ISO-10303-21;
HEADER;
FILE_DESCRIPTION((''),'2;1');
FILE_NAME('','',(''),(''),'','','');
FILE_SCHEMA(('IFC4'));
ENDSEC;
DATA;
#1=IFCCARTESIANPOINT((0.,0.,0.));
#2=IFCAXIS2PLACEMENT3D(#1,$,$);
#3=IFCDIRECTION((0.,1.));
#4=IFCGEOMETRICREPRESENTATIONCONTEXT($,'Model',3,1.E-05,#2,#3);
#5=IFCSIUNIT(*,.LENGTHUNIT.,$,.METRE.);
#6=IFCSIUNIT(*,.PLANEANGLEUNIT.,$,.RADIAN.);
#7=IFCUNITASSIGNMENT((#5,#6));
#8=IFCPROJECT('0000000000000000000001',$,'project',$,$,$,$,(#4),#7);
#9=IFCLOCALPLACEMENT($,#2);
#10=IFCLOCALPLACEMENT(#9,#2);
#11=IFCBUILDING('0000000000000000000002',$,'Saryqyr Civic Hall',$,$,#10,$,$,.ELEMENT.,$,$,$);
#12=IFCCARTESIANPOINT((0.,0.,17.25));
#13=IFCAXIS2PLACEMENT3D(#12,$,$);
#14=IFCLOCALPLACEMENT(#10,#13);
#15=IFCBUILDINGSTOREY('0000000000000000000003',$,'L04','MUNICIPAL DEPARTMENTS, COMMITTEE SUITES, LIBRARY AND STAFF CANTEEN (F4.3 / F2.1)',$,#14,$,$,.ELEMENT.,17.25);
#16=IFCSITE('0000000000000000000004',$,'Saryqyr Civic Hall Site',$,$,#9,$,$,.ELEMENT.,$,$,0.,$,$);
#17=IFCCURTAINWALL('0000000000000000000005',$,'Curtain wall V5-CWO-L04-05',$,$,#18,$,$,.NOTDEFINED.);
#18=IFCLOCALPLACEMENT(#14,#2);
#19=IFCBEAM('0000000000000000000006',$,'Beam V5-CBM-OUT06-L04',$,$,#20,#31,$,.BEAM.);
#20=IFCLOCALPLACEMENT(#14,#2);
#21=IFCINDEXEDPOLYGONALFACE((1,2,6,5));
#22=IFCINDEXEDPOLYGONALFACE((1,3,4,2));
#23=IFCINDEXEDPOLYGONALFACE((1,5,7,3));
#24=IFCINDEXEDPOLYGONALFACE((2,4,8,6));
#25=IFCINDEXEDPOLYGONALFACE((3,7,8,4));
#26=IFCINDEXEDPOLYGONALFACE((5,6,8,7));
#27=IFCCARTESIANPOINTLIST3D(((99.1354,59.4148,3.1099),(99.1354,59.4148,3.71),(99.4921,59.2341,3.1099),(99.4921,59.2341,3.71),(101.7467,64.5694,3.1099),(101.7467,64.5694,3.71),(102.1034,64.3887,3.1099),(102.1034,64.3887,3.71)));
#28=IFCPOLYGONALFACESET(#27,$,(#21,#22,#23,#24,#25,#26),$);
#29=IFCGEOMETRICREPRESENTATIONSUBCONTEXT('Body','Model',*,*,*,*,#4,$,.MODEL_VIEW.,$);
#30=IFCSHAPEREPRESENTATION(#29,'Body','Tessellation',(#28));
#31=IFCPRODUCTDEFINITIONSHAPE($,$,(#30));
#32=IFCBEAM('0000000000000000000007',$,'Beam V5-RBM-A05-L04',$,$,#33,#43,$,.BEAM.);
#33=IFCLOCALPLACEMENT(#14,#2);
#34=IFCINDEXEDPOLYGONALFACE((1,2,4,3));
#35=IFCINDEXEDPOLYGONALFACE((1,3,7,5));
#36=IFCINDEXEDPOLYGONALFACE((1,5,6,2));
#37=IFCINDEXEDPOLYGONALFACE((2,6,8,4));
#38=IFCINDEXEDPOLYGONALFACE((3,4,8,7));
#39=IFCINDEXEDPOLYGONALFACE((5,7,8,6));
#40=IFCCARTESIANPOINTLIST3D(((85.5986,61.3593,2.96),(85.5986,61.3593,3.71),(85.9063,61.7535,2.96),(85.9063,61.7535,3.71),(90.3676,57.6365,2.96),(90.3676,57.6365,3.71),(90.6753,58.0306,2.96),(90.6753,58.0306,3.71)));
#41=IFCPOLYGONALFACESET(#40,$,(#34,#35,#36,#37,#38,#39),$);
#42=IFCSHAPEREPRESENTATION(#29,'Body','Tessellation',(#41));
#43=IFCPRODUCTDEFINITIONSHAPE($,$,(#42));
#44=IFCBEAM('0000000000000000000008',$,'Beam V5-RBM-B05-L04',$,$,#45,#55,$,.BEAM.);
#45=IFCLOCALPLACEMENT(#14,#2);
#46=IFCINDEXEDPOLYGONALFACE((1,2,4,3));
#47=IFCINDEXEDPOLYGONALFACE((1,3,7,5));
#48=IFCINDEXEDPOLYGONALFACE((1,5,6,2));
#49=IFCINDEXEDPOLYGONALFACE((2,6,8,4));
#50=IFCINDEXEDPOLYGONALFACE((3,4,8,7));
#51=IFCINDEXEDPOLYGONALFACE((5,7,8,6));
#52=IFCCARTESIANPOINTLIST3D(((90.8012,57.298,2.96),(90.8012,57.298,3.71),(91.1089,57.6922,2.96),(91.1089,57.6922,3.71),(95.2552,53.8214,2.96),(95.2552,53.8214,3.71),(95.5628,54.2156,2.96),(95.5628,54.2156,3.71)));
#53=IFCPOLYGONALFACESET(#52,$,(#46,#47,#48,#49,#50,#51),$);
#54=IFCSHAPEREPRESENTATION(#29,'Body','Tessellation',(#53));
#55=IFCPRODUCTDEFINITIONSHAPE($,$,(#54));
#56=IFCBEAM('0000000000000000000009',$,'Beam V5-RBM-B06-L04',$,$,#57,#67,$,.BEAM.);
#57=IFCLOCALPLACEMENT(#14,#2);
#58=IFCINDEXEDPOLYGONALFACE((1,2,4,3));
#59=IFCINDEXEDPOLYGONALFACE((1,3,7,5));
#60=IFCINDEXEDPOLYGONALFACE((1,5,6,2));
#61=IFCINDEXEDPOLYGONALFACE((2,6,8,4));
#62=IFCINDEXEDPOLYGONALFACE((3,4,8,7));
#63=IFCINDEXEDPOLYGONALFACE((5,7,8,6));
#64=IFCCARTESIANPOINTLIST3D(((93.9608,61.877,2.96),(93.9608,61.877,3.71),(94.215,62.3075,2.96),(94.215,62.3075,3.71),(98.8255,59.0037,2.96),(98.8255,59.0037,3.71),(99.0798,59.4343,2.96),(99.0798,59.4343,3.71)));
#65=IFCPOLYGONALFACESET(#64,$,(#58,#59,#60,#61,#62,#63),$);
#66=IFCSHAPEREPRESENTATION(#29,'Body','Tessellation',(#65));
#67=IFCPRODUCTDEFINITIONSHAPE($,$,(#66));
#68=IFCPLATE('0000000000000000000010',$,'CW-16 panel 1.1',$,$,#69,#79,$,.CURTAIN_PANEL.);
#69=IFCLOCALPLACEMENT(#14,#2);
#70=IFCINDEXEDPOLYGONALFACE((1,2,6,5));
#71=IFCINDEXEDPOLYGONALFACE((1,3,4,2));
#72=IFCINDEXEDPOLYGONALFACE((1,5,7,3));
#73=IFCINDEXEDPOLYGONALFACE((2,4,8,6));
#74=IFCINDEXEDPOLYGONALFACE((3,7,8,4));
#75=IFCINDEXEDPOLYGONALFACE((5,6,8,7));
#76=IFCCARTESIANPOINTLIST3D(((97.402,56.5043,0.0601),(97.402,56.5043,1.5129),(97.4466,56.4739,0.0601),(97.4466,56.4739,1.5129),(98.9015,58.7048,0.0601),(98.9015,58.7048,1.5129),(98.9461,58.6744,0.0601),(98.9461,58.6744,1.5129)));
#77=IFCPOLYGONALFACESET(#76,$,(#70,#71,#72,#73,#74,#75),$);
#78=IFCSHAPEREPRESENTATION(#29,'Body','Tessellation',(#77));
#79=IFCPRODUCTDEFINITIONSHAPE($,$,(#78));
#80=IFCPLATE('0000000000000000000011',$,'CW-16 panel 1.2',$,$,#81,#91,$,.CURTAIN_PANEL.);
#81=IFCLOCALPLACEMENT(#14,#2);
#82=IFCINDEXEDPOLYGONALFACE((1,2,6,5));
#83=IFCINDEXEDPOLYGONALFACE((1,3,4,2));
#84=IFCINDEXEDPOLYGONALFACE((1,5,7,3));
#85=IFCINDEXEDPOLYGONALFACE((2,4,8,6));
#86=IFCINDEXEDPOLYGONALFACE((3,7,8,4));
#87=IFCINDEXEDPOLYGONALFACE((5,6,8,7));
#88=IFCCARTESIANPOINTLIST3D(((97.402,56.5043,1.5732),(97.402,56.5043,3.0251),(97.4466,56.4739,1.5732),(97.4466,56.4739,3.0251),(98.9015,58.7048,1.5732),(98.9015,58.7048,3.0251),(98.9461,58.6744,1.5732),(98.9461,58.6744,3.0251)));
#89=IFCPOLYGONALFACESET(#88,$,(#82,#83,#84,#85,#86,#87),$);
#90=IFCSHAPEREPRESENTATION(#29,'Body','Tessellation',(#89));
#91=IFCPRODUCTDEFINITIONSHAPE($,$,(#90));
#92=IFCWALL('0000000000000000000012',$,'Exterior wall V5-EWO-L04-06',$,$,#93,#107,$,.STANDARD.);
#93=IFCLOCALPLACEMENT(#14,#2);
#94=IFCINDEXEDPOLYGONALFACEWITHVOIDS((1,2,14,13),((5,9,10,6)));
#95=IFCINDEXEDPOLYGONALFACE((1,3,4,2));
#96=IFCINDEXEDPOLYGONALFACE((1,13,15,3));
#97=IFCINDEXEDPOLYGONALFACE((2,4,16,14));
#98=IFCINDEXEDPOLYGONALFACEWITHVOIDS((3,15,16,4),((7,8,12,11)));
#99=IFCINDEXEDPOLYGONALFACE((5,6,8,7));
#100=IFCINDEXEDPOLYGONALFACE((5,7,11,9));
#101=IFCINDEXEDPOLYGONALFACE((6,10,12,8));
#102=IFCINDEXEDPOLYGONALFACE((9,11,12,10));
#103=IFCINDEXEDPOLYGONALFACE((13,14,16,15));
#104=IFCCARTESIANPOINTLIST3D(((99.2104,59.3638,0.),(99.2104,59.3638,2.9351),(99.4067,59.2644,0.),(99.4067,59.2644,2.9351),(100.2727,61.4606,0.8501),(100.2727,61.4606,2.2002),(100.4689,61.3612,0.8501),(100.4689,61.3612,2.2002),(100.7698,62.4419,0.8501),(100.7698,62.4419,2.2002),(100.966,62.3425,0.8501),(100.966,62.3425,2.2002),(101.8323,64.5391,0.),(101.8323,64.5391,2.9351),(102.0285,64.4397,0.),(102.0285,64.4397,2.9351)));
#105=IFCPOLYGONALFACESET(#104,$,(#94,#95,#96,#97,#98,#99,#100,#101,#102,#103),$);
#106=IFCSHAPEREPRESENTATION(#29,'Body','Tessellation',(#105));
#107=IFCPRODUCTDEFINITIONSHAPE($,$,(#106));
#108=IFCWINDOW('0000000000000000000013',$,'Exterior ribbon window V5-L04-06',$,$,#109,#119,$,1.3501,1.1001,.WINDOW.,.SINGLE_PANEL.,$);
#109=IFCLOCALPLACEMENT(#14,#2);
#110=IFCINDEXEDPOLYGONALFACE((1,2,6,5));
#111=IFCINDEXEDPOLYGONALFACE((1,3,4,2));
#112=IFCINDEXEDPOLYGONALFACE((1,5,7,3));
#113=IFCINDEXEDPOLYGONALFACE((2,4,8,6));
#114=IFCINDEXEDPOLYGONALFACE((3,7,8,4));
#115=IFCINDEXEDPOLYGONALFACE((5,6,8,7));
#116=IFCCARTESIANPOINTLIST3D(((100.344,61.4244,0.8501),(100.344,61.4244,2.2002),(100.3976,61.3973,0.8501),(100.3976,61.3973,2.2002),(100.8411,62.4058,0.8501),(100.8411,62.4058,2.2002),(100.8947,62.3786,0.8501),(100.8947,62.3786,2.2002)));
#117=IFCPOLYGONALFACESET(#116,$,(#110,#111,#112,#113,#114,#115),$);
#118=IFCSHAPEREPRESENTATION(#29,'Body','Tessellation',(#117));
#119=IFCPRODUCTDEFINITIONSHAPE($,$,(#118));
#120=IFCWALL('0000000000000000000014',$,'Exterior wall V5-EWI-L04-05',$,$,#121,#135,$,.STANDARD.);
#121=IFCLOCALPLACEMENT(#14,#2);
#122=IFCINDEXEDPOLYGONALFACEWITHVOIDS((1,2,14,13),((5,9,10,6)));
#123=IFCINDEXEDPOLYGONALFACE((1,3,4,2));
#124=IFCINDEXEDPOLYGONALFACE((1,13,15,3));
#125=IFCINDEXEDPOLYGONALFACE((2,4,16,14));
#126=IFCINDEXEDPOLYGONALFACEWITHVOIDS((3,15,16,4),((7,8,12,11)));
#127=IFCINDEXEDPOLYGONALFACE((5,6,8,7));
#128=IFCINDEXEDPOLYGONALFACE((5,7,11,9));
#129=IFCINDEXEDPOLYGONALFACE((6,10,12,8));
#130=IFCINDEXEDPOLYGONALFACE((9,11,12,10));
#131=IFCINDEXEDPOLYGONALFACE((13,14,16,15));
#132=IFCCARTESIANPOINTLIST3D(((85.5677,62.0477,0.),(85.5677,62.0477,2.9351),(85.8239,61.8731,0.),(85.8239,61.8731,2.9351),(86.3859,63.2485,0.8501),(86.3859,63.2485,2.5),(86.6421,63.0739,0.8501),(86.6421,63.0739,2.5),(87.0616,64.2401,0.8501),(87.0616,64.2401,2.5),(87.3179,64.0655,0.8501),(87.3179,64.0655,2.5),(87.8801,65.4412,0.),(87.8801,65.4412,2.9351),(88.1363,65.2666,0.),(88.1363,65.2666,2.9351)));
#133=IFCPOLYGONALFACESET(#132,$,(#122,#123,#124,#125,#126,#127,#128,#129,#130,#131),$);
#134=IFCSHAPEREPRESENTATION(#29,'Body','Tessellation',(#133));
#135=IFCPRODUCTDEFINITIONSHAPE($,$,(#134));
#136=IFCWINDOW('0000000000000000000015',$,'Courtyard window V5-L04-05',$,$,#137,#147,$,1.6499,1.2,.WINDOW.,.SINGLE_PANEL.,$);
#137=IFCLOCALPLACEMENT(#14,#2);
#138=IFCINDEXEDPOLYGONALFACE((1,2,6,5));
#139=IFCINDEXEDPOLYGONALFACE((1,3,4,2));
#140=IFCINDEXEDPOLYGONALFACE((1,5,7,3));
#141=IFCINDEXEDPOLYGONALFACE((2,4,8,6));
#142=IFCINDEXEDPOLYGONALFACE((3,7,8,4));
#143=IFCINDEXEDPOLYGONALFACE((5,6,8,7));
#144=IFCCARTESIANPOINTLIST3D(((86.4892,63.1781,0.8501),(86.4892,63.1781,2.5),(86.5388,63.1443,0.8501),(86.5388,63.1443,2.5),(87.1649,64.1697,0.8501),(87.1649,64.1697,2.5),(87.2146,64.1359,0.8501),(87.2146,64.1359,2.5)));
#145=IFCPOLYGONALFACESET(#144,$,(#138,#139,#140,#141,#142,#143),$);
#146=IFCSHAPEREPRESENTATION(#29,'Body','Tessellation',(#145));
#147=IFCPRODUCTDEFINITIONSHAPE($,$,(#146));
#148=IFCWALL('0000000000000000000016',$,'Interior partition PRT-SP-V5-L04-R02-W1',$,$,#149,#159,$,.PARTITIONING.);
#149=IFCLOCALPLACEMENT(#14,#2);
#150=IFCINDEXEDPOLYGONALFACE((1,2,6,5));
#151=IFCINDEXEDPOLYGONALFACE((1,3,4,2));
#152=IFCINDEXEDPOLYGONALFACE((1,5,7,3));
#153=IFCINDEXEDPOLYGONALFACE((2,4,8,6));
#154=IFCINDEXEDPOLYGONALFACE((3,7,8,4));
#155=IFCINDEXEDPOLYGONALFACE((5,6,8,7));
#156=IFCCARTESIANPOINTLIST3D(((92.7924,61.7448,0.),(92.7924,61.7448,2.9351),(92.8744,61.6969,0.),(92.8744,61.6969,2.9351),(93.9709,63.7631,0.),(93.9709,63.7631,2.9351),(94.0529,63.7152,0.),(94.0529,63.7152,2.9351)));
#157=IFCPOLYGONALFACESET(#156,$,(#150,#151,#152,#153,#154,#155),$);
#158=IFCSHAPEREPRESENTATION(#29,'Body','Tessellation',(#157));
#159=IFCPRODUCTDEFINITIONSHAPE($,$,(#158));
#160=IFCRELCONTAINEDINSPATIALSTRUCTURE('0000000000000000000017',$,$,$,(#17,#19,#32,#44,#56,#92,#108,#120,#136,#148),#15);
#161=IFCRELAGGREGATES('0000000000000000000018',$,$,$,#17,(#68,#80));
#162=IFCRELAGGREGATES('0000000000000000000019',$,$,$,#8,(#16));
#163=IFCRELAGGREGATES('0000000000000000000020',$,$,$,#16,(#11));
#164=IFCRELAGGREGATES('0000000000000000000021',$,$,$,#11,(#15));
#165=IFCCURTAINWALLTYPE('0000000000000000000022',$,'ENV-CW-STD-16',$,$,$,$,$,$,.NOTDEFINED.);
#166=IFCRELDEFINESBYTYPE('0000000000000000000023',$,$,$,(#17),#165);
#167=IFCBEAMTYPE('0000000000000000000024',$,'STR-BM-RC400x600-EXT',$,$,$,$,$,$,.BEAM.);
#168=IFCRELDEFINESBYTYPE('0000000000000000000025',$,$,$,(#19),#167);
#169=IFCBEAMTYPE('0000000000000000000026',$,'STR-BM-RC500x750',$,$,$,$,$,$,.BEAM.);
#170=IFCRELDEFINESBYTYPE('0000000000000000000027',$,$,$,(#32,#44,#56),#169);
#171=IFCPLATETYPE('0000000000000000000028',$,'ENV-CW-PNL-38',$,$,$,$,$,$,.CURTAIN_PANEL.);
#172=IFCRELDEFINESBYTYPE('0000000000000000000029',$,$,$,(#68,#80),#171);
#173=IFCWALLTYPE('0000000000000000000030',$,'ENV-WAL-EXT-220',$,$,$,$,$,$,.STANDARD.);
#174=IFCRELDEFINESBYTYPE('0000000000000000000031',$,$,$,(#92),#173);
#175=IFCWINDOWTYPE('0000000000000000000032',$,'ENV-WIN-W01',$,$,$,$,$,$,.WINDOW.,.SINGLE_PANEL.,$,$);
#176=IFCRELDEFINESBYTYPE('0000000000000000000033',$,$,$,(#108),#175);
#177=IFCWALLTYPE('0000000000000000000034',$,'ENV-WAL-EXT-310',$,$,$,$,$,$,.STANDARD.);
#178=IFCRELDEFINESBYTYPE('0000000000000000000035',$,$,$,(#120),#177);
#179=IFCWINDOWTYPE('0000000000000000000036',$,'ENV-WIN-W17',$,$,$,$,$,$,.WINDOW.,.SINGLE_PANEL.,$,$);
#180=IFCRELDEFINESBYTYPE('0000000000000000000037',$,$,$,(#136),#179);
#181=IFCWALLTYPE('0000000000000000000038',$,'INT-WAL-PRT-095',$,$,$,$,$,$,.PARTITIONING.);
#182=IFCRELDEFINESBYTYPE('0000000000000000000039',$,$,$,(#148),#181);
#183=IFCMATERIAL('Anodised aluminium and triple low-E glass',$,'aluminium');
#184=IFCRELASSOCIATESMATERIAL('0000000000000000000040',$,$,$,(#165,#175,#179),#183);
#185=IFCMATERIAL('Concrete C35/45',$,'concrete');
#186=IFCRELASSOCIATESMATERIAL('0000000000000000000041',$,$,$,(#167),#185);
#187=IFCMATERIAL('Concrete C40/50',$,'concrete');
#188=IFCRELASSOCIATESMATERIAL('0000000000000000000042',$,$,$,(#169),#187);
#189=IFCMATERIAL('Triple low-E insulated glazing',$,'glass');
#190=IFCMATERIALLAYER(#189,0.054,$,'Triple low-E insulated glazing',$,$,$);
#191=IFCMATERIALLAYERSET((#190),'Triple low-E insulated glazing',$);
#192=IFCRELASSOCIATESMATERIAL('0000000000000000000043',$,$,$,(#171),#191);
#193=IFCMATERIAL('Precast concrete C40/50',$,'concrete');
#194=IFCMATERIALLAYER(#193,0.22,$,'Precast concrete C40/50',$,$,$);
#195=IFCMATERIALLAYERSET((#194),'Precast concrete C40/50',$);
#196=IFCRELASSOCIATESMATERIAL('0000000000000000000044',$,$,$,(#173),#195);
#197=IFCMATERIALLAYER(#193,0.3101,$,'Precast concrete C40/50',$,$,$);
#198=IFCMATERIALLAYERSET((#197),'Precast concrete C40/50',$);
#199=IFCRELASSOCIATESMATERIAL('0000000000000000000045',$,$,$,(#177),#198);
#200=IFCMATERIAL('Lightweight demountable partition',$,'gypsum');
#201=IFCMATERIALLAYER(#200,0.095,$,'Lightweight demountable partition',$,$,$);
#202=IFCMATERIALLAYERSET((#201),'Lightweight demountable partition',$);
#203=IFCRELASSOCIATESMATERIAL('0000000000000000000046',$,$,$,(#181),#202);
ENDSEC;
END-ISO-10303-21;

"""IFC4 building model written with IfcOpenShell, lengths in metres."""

from ifc_helpers import new_model, si_unit, direction, frame, frame_2d, origin, origin_2d, place, context, subcontext, project, spatial, rectangle, extrude, material, layer, layer_set, material_profile, profile_set, type_object, element, fill, aggregate, save


model = new_model("IFC4")

# Units and contexts
model_context = context("Model", 3, precision=1e-05, world=origin(), true_north=direction((0.0, 1.0)))
body_context = subcontext(model_context, "Body", "Model", "MODEL_VIEW")
ifc_project = project(units=[si_unit("LENGTHUNIT", "METRE"), si_unit("PLANEANGLEUNIT", "RADIAN")], contexts=[model_context])

# Site, building, storey
site_placement = place(None, origin())
site = spatial("IfcSite", under=ifc_project, at=site_placement, Name="Saryqyr Civic Hall Site", CompositionType="ELEMENT", RefElevation=0.0)
building_placement = place(site_placement, origin())
building = spatial("IfcBuilding", under=site, at=building_placement, Name="Saryqyr Civic Hall", CompositionType="ELEMENT")
storey_placement = place(building_placement, frame((0.0, 0.0, 17.25)))
storey = spatial("IfcBuildingStorey", under=building, at=storey_placement, Name="L04", Description="MUNICIPAL DEPARTMENTS, COMMITTEE SUITES, LIBRARY AND STAFF CANTEEN (F4.3 / F2.1)", CompositionType="ELEMENT", Elevation=17.25)

# Shared definitions
ifc_material_1 = material(Name="Concrete C40/50", Category="concrete")

# Curtain wall
ifc_material_2 = material(Name="Anodised aluminium and triple low-E glass", Category="aluminium")
curtain_wall_type = type_object("IfcCurtainWallType", Name="ENV-CW-STD-16", PredefinedType="NOTDEFINED", material=ifc_material_2)
curtain_wall_placement = place(storey_placement, origin())
curtain_wall = element("IfcCurtainWall", 1, at=curtain_wall_placement, inside=storey, type_object=curtain_wall_type, Name="Curtain wall V5-CWO-L04-05", PredefinedType="NOTDEFINED")

# Shared definitions
ifc_material_3 = material(Name="Precast concrete C40/50", Category="concrete")

# Beams
ifc_material_4 = material(Name="Concrete C35/45", Category="concrete")
ifc_material_profile_1 = material_profile(ifc_material_4, rectangle(XDim=0.3999, YDim=0.6001, at=origin_2d()), Name="RC 400x600")
ifc_profile_set_1 = profile_set([ifc_material_profile_1], Name="Concrete C35/45")
beam_type_1 = type_object("IfcBeamType", Name="STR-BM-RC400x600-EXT", PredefinedType="BEAM", material=ifc_profile_set_1)
beam_1_placement = place(storey_placement, frame((99.3137, 59.3245, 3.4099), z_axis=(0.451923, 0.892057, 0.0), x_axis=(-0.892057, 0.451923, 0.0)))
element("IfcBeam", 2, at=beam_1_placement, inside=storey, type_object=beam_type_1, Name="Beam V5-CBM-OUT06-L04", PredefinedType="BEAM", context=body_context, shape_type="SweptSolid", body=[
    extrude(rectangle(XDim=0.3999, YDim=0.6001, at=origin_2d()), origin(), (0.0, 0.0, 1.0), 5.7783),
])
ifc_material_profile_2 = material_profile(ifc_material_1, rectangle(XDim=0.5, YDim=0.75, at=origin_2d()), Name="RC 500x750")
ifc_profile_set_2 = profile_set([ifc_material_profile_2], Name="Concrete C40/50")
beam_type_2 = type_object("IfcBeamType", Name="STR-BM-RC500x750", PredefinedType="BEAM", material=ifc_profile_set_2)
beam_2_placement = place(storey_placement, frame((85.7524, 61.5564, 3.335), z_axis=(0.788258, -0.615345, 0.0), x_axis=(0.615345, 0.788258, 0.0)))
element("IfcBeam", 3, at=beam_2_placement, inside=storey, type_object=beam_type_2, Name="Beam V5-RBM-A05-L04", PredefinedType="BEAM", context=body_context, shape_type="SweptSolid", body=[
    extrude(rectangle(XDim=0.5, YDim=0.75, at=origin_2d()), origin(), (0.0, 0.0, 1.0), 6.05),
])
beam_3_placement = place(storey_placement, frame((90.9551, 57.4951, 3.335), z_axis=(0.788283, -0.615313, 0.0), x_axis=(0.615313, 0.788283, 0.0)))
element("IfcBeam", 4, at=beam_3_placement, inside=storey, type_object=beam_type_2, Name="Beam V5-RBM-B05-L04", PredefinedType="BEAM", context=body_context, shape_type="SweptSolid", body=[
    extrude(rectangle(XDim=0.5, YDim=0.75, at=origin_2d()), origin(), (0.0, 0.0, 1.0), 5.6501),
])
beam_4_placement = place(storey_placement, frame((94.0879, 62.0923, 3.335), z_axis=(0.86103, -0.508555, 0.0), x_axis=(0.508555, 0.86103, 0.0)))
element("IfcBeam", 5, at=beam_4_placement, inside=storey, type_object=beam_type_2, Name="Beam V5-RBM-B06-L04", PredefinedType="BEAM", context=body_context, shape_type="SweptSolid", body=[
    extrude(rectangle(XDim=0.5, YDim=0.75, at=origin_2d()), origin(), (0.0, 0.0, 1.0), 5.6499),
])

# Plates
ifc_material_5 = material(Name="Triple low-E insulated glazing", Category="glass")
ifc_layer_1 = layer(ifc_material_5, 0.054, Name="Triple low-E insulated glazing")
ifc_layer_set_1 = layer_set([ifc_layer_1], Name="Triple low-E insulated glazing")
plate_type = type_object("IfcPlateType", Name="ENV-CW-PNL-38", PredefinedType="CURTAIN_PANEL", material=ifc_layer_set_1)
plate_1_placement = place(storey_placement, frame((98.1741, 57.5894, 0.0601), z_axis=(0.0, 0.0, 1.0), x_axis=(-0.563118, -0.826377, 0.0)))
plate_1 = element("IfcPlate", 6, at=plate_1_placement, type_object=plate_type, Name="CW-16 panel 1.1", PredefinedType="CURTAIN_PANEL", context=body_context, shape_type="SweptSolid", body=[
    extrude(rectangle(XDim=2.6628, YDim=0.054, at=origin_2d()), origin(), (0.0, 0.0, 1.0), 1.4529),
])
plate_2_placement = place(storey_placement, frame((98.1741, 57.5894, 1.5732), z_axis=(0.0, 0.0, 1.0), x_axis=(-0.563118, -0.826377, 0.0)))
plate_2 = element("IfcPlate", 7, at=plate_2_placement, type_object=plate_type, Name="CW-16 panel 1.2", PredefinedType="CURTAIN_PANEL", context=body_context, shape_type="SweptSolid", body=[
    extrude(rectangle(XDim=2.6628, YDim=0.054, at=origin_2d()), origin(), (0.0, 0.0, 1.0), 1.4519),
])
aggregate(curtain_wall, [plate_1, plate_2])

# Walls, openings, windows
ifc_layer_2 = layer(ifc_material_3, 0.22, Name="Precast concrete C40/50")
ifc_layer_set_2 = layer_set([ifc_layer_2], Name="Precast concrete C40/50")
wall_type_1 = type_object("IfcWallType", Name="ENV-WAL-EXT-220", PredefinedType="STANDARD", material=ifc_layer_set_2)
wall_1_placement = place(storey_placement, frame((101.9304, 64.4895, 0.0), z_axis=(0.0, 0.0, 1.0), x_axis=(-0.451921, -0.892058, 0.0)))
wall_1 = element("IfcWall", 8, at=wall_1_placement, inside=storey, type_object=wall_type_1, Name="Exterior wall V5-EWO-L04-06", PredefinedType="STANDARD", context=body_context, shape_type="SweptSolid", body=[
    extrude(rectangle(XDim=5.8015, YDim=0.22, at=frame_2d((2.9009, 0.0))), origin(), (0.0, 0.0, 1.0), 2.9351),
])
opening_1_placement = place(wall_1_placement, frame((2.3511, 0.0, 0.8501)))
opening_1 = element("IfcOpeningElement", 9, at=opening_1_placement, cuts=wall_1, PredefinedType="OPENING", context=body_context, shape_type="SweptSolid", body=[
    extrude(rectangle(XDim=1.1001, YDim=1.3501, at=frame_2d((0.55, 0.675))), frame((0.0, 0.1199, 0.0), z_axis=(0.0, -1.0, 0.0), x_axis=(1.0, 0.0, 0.0)), (0.0, 0.0, 1.0), 0.24),
])
window_type_1 = type_object("IfcWindowType", Name="ENV-WIN-W01", PartitioningType="SINGLE_PANEL", PredefinedType="WINDOW", material=ifc_material_2)
window_1_placement = place(opening_1_placement, origin())
window_1 = element("IfcWindow", 10, at=window_1_placement, inside=storey, type_object=window_type_1, Name="Exterior ribbon window V5-L04-06", OverallHeight=1.3501, OverallWidth=1.1001, PartitioningType="SINGLE_PANEL", PredefinedType="WINDOW", context=body_context, shape_type="SweptSolid", body=[
    extrude(rectangle(XDim=1.1001, YDim=1.3501, at=frame_2d((0.55, 0.675))), frame((0.0, 0.03, 0.0), z_axis=(0.0, -1.0, 0.0), x_axis=(1.0, 0.0, 0.0)), (0.0, 0.0, 1.0), 0.0601),
])
fill(opening_1, window_1)
ifc_layer_3 = layer(ifc_material_3, 0.3101, Name="Precast concrete C40/50")
ifc_layer_set_3 = layer_set([ifc_layer_3], Name="Precast concrete C40/50")
wall_type_2 = type_object("IfcWallType", Name="ENV-WAL-EXT-310", PredefinedType="STANDARD", material=ifc_layer_set_3)
wall_2_placement = place(storey_placement, frame((85.6958, 61.9604, 0.0), z_axis=(0.0, 0.0, 1.0), x_axis=(0.563123, 0.826373, 0.0)))
wall_2 = element("IfcWall", 11, at=wall_2_placement, inside=storey, type_object=wall_type_2, Name="Exterior wall V5-EWI-L04-05", PredefinedType="STANDARD", context=body_context, shape_type="SweptSolid", body=[
    extrude(rectangle(XDim=4.1064, YDim=0.3101, at=frame_2d((2.0532, 0.0))), origin(), (0.0, 0.0, 1.0), 2.9351),
])
opening_2_placement = place(wall_2_placement, frame((1.4529, 0.0, 0.8501)))
opening_2 = element("IfcOpeningElement", 12, at=opening_2_placement, cuts=wall_2, PredefinedType="OPENING", context=body_context, shape_type="SweptSolid", body=[
    extrude(rectangle(XDim=1.2, YDim=1.6499, at=frame_2d((0.6001, 0.825))), frame((0.0, 0.165, 0.0), z_axis=(0.0, -1.0, 0.0), x_axis=(1.0, 0.0, 0.0)), (0.0, 0.0, 1.0), 0.3301),
])
window_type_2 = type_object("IfcWindowType", Name="ENV-WIN-W17", PartitioningType="SINGLE_PANEL", PredefinedType="WINDOW", material=ifc_material_2)
window_2_placement = place(opening_2_placement, origin())
window_2 = element("IfcWindow", 13, at=window_2_placement, inside=storey, type_object=window_type_2, Name="Courtyard window V5-L04-05", OverallHeight=1.6499, OverallWidth=1.2, PartitioningType="SINGLE_PANEL", PredefinedType="WINDOW", context=body_context, shape_type="SweptSolid", body=[
    extrude(rectangle(XDim=1.2, YDim=1.6499, at=frame_2d((0.6001, 0.825))), frame((0.0, 0.03, 0.0), z_axis=(0.0, -1.0, 0.0), x_axis=(1.0, 0.0, 0.0)), (0.0, 0.0, 1.0), 0.0601),
])
fill(opening_2, window_2)

# Wall
ifc_material_6 = material(Name="Lightweight demountable partition", Category="gypsum")
ifc_layer_4 = layer(ifc_material_6, 0.095, Name="Lightweight demountable partition")
ifc_layer_set_4 = layer_set([ifc_layer_4], Name="Lightweight demountable partition")
wall_type_3 = type_object("IfcWallType", Name="INT-WAL-PRT-095", PredefinedType="PARTITIONING", material=ifc_layer_set_4)
wall_3_placement = place(storey_placement, frame((92.8335, 61.7209, 0.0), z_axis=(0.0, 0.0, 1.0), x_axis=(0.504228, 0.86357, 0.0)))
element("IfcWall", 14, at=wall_3_placement, inside=storey, type_object=wall_type_3, Name="Interior partition PRT-SP-V5-L04-R02-W1", PredefinedType="PARTITIONING", context=body_context, shape_type="SweptSolid", body=[
    extrude(rectangle(XDim=2.3372, YDim=0.095, at=frame_2d((1.1685, 0.0))), origin(), (0.0, 0.0, 1.0), 2.9351),
])

save(model, "model.ifc")
